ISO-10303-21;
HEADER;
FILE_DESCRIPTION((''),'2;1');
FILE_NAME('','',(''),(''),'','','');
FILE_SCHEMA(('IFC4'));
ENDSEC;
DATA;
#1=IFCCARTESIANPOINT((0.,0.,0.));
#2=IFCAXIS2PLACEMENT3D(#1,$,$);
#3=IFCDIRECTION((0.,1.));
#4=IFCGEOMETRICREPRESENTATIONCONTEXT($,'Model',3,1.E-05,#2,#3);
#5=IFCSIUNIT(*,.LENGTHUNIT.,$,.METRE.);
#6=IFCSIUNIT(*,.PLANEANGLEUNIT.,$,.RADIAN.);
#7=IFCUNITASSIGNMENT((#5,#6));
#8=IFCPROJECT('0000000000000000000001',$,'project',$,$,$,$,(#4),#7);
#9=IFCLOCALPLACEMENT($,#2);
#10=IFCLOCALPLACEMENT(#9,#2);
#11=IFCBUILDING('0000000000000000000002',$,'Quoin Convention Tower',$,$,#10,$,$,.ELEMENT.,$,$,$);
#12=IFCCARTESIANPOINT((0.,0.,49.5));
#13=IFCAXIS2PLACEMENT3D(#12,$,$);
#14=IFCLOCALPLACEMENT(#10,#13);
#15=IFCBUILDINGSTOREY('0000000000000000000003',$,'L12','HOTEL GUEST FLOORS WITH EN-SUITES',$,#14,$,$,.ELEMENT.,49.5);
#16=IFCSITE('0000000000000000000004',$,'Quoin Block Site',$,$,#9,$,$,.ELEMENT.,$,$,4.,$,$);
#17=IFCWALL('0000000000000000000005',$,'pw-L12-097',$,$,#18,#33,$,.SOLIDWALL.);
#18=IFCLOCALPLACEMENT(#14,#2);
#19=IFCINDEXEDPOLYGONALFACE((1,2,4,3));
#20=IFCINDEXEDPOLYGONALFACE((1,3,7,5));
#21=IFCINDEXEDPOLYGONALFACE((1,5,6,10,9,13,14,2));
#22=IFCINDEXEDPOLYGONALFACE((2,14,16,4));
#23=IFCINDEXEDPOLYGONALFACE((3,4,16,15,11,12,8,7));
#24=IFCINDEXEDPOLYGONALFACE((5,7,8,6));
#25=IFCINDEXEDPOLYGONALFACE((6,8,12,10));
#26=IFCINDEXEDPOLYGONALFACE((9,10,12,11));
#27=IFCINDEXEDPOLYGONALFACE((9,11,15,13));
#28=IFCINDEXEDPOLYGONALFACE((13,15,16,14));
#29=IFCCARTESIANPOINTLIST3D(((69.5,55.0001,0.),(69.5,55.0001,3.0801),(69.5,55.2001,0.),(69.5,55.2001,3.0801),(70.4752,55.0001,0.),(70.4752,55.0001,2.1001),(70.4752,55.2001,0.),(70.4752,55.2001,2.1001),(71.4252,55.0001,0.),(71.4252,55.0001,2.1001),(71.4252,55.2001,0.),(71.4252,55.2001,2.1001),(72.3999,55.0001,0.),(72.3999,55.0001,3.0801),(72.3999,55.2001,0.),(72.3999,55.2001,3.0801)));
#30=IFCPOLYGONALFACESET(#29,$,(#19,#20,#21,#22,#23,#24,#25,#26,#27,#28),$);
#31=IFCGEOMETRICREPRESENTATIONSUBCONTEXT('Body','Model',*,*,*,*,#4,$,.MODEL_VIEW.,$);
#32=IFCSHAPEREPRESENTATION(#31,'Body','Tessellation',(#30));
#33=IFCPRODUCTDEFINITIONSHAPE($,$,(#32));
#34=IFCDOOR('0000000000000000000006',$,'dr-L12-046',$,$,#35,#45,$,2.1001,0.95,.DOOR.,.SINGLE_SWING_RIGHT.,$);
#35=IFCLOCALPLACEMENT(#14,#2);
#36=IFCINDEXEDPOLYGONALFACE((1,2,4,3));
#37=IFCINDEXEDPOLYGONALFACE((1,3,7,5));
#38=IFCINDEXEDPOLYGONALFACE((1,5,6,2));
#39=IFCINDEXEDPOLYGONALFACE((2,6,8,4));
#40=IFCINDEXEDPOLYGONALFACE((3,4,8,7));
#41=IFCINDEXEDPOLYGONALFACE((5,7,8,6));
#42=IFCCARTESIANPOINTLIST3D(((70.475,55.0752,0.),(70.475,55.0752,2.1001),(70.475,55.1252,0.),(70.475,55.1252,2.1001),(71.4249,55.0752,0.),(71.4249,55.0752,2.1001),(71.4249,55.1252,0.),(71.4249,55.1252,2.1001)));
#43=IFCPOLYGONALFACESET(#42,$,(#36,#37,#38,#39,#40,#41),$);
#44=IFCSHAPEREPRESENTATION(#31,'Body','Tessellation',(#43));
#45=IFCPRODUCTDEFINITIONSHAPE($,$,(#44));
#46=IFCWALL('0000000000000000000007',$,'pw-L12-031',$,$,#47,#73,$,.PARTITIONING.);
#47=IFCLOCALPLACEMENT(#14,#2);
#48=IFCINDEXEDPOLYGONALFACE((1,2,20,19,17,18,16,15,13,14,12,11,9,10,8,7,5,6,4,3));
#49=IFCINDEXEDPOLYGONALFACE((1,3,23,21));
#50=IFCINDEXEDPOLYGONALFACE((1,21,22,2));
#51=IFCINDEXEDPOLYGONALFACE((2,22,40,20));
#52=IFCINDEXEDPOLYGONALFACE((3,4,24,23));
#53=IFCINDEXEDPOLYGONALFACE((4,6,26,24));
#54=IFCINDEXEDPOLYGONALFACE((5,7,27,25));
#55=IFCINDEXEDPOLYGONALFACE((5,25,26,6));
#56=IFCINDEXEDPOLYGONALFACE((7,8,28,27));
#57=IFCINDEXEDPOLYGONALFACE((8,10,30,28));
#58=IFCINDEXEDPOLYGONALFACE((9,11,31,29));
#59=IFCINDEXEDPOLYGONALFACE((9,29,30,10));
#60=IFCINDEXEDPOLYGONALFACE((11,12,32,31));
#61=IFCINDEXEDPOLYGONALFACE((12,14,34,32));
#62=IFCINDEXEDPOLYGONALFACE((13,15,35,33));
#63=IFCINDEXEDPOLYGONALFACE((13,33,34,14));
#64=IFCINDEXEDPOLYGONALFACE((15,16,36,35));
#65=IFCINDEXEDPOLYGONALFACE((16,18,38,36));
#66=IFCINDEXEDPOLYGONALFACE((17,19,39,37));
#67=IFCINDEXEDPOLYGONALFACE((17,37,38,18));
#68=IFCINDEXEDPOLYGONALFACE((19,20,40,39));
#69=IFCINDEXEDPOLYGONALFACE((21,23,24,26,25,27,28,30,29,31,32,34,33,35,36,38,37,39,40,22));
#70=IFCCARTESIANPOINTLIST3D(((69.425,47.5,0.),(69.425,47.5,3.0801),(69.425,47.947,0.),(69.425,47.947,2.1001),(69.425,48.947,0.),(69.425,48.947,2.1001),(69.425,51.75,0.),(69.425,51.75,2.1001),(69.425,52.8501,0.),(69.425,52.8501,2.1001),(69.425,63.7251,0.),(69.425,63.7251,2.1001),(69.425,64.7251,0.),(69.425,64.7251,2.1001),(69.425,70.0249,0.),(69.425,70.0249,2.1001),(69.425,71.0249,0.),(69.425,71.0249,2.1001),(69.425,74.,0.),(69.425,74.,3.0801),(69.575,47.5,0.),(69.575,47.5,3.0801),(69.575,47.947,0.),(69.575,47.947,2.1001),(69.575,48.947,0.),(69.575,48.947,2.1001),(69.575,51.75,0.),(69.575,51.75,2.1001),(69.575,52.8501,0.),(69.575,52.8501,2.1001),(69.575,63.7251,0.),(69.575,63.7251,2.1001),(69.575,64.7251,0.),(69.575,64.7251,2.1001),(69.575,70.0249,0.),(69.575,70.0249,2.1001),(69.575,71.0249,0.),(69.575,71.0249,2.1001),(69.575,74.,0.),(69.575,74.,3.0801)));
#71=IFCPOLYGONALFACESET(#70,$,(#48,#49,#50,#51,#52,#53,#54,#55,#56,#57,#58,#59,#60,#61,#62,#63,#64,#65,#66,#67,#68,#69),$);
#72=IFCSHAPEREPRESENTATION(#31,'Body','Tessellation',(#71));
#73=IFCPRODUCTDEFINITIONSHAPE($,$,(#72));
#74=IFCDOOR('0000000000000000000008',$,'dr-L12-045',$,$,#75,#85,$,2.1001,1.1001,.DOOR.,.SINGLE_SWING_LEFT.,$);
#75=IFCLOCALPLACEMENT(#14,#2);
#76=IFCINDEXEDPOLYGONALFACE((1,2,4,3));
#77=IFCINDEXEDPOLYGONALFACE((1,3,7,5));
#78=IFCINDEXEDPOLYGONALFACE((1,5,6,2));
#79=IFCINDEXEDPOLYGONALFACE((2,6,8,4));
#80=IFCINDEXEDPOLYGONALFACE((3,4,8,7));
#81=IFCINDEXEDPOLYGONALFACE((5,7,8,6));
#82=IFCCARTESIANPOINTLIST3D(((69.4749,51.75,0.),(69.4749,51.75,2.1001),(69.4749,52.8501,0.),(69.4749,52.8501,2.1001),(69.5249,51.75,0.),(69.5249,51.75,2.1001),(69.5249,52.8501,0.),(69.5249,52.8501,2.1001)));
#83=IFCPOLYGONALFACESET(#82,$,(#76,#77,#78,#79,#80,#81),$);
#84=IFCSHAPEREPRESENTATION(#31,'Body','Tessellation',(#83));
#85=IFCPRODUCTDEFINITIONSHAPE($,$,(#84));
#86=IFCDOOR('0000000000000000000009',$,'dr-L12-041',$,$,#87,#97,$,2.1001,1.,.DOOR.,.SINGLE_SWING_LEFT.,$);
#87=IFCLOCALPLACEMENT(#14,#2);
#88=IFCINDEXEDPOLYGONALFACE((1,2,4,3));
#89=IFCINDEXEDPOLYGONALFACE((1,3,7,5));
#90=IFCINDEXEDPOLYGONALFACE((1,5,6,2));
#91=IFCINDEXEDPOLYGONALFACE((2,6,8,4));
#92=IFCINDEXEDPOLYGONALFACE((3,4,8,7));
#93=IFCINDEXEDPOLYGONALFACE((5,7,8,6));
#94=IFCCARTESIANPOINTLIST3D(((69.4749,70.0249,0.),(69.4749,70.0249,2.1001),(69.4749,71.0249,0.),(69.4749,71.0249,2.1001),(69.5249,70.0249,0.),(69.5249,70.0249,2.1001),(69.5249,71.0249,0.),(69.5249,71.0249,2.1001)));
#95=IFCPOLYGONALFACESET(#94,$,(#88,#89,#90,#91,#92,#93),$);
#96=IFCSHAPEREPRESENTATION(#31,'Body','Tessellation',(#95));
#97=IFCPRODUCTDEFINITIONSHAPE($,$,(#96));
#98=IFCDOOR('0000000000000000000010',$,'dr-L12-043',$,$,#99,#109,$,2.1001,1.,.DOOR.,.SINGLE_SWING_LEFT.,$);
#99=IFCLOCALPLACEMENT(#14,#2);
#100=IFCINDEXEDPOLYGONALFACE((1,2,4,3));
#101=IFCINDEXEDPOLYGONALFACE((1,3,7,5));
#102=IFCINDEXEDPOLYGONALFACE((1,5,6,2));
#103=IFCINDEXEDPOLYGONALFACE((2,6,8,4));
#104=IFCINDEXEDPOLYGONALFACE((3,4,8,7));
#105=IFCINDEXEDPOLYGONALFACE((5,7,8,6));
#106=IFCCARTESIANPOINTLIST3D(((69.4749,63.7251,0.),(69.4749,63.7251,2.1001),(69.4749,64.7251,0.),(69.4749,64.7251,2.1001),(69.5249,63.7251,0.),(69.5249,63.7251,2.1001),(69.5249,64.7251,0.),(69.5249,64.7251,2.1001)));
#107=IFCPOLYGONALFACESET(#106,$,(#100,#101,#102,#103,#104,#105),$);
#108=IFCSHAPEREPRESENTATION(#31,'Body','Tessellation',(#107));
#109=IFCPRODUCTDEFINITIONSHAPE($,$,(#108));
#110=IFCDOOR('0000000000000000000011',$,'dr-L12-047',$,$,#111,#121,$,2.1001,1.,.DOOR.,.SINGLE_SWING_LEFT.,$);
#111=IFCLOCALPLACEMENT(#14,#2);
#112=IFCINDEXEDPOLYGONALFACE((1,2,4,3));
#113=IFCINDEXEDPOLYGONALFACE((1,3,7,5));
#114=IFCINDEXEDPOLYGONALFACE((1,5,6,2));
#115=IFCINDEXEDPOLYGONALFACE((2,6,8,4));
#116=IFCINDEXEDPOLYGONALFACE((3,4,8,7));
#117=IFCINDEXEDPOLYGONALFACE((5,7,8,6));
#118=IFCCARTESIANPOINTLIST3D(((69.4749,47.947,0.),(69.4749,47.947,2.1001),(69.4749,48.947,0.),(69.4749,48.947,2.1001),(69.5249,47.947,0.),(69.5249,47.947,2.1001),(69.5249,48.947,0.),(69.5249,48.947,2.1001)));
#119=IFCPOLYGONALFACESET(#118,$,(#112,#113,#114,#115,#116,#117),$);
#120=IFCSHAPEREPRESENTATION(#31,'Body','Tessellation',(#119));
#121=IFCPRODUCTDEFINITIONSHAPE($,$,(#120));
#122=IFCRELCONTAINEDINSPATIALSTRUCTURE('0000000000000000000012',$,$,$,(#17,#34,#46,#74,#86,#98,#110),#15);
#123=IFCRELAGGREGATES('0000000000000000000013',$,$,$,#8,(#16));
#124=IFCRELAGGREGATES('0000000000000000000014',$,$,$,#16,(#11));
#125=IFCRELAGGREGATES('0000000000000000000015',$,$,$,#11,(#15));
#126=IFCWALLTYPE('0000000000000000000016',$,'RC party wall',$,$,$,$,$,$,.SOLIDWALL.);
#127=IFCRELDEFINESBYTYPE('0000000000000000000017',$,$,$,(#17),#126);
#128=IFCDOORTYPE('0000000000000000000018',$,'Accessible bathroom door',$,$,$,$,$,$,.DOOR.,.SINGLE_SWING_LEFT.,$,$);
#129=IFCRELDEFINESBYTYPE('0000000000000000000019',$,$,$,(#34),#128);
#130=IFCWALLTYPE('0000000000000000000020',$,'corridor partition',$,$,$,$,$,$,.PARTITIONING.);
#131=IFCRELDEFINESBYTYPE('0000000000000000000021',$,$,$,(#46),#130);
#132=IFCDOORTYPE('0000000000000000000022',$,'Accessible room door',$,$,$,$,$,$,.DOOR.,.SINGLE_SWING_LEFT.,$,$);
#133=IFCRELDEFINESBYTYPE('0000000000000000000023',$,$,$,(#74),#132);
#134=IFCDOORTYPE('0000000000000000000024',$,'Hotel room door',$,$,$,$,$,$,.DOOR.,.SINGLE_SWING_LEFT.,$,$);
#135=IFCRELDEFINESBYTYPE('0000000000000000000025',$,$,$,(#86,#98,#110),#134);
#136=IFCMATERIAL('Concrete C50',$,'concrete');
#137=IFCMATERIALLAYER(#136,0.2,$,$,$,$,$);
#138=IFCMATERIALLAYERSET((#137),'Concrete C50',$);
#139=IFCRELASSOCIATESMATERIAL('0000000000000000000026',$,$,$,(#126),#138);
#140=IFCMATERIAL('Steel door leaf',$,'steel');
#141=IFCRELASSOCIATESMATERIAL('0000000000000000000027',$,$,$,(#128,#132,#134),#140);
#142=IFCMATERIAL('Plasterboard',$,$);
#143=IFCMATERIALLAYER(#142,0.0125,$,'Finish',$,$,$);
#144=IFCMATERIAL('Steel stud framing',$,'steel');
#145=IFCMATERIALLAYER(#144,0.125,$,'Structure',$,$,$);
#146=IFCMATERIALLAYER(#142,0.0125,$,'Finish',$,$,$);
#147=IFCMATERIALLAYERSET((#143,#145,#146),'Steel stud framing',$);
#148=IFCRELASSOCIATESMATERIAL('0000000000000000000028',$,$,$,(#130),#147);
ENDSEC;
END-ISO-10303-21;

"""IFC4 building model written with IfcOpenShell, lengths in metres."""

from ifc_helpers import new_model, si_unit, direction, frame, frame_2d, origin, place, context, subcontext, project, spatial, rectangle, extrude, material, layer, layer_set, type_object, element, fill, save


model = new_model("IFC4")

# Units and contexts
model_context = context("Model", 3, precision=1e-05, world=origin(), true_north=direction((0.0, 1.0)))
body_context = subcontext(model_context, "Body", "Model", "MODEL_VIEW")
ifc_project = project(units=[si_unit("LENGTHUNIT", "METRE"), si_unit("PLANEANGLEUNIT", "RADIAN")], contexts=[model_context])

# Site, building, storey
site_placement = place(None, origin())
site = spatial("IfcSite", under=ifc_project, at=site_placement, Name="Quoin Block Site", CompositionType="ELEMENT", RefElevation=4.0)
building_placement = place(site_placement, origin())
building = spatial("IfcBuilding", under=site, at=building_placement, Name="Quoin Convention Tower", CompositionType="ELEMENT")
storey_placement = place(building_placement, frame((0.0, 0.0, 49.5)))
storey = spatial("IfcBuildingStorey", under=building, at=storey_placement, Name="L12", Description="HOTEL GUEST FLOORS WITH EN-SUITES", CompositionType="ELEMENT", Elevation=49.5)

# Shared definitions
ifc_material_1 = material(Name="Plasterboard")
ifc_material_2 = material(Name="Steel stud framing", Category="steel")

# Shared definitions
ifc_material_3 = material(Name="Steel door leaf", Category="steel")

# Shared definitions
ifc_material_4 = material(Name="Concrete C50", Category="concrete")
ifc_layer_1 = layer(ifc_material_4, 0.2)
ifc_layer_set_1 = layer_set([ifc_layer_1], Name="Concrete C50")
wall_type_1 = type_object("IfcWallType", Name="RC party wall", PredefinedType="SOLIDWALL", material=ifc_layer_set_1)

# Wall, opening, door
wall_1_placement = place(storey_placement, frame((69.5, 55.1001, 0.0), z_axis=(0.0, 0.0, 1.0), x_axis=(1.0, 0.0, 0.0)))
wall_1 = element("IfcWall", 1, at=wall_1_placement, inside=storey, type_object=wall_type_1, Name="pw-L12-097", PredefinedType="SOLIDWALL", context=body_context, shape_type="SweptSolid", body=[
    extrude(rectangle(XDim=2.8999, YDim=0.2, at=frame_2d((1.45, 0.0))), origin(), (0.0, 0.0, 1.0), 3.0801),
])
opening_1_placement = place(wall_1_placement, frame((0.9751, 0.0, 0.0)))
opening_1 = element("IfcOpeningElement", 2, at=opening_1_placement, cuts=wall_1, PredefinedType="OPENING", context=body_context, shape_type="SweptSolid", body=[
    extrude(rectangle(XDim=0.95, YDim=2.1001, at=frame_2d((0.4751, 1.05))), frame((0.0, 0.1099, 0.0), z_axis=(0.0, -1.0, 0.0), x_axis=(1.0, 0.0, 0.0)), (0.0, 0.0, 1.0), 0.22),
])
door_type_1 = type_object("IfcDoorType", Name="Accessible bathroom door", OperationType="SINGLE_SWING_LEFT", PredefinedType="DOOR", material=ifc_material_3)
door_1_placement = place(opening_1_placement, frame((0.95, 0.0, 0.0), z_axis=(0.0, 0.0, 1.0), x_axis=(-1.0, 0.0, 0.0)))
door_1 = element("IfcDoor", 3, at=door_1_placement, inside=storey, type_object=door_type_1, Name="dr-L12-046", OperationType="SINGLE_SWING_RIGHT", OverallHeight=2.1001, OverallWidth=0.95, PredefinedType="DOOR", context=body_context, shape_type="SweptSolid", body=[
    extrude(rectangle(XDim=0.95, YDim=2.1001, at=frame_2d((0.4751, 1.05))), frame((0.0, 0.0249, 0.0), z_axis=(0.0, -1.0, 0.0), x_axis=(1.0, 0.0, 0.0)), (0.0, 0.0, 1.0), 0.05),
])
fill(opening_1, door_1)

# Wall, openings, doors
ifc_layer_2 = layer(ifc_material_1, 0.0125, Name="Finish")
ifc_layer_3 = layer(ifc_material_2, 0.125, Name="Structure")
ifc_layer_4 = layer(ifc_material_1, 0.0125, Name="Finish")
ifc_layer_set_2 = layer_set([ifc_layer_2, ifc_layer_3, ifc_layer_4], Name="Steel stud framing")
wall_type_2 = type_object("IfcWallType", Name="corridor partition", PredefinedType="PARTITIONING", material=ifc_layer_set_2)
wall_2_placement = place(storey_placement, frame((69.5, 47.5, 0.0), z_axis=(0.0, 0.0, 1.0), x_axis=(0.0, 1.0, 0.0)))
wall_2 = element("IfcWall", 4, at=wall_2_placement, inside=storey, type_object=wall_type_2, Name="pw-L12-031", PredefinedType="PARTITIONING", context=body_context, shape_type="SweptSolid", body=[
    extrude(rectangle(XDim=26.5, YDim=0.1499, at=frame_2d((13.25, 0.0))), origin(), (0.0, 0.0, 1.0), 3.0801),
])
opening_2_placement = place(wall_2_placement, frame((22.5249, 0.0, 0.0)))
opening_2 = element("IfcOpeningElement", 5, at=opening_2_placement, cuts=wall_2, PredefinedType="OPENING", context=body_context, shape_type="SweptSolid", body=[
    extrude(rectangle(XDim=1.0, YDim=2.1001, at=frame_2d((0.5, 1.05))), frame((0.0, 0.085, 0.0), z_axis=(0.0, -1.0, 0.0), x_axis=(1.0, 0.0, 0.0)), (0.0, 0.0, 1.0), 0.1699),
])
opening_3_placement = place(wall_2_placement, frame((16.2251, 0.0, 0.0)))
opening_3 = element("IfcOpeningElement", 6, at=opening_3_placement, cuts=wall_2, PredefinedType="OPENING", context=body_context, shape_type="SweptSolid", body=[
    extrude(rectangle(XDim=1.0, YDim=2.1001, at=frame_2d((0.5, 1.05))), frame((0.0, 0.085, 0.0), z_axis=(0.0, -1.0, 0.0), x_axis=(1.0, 0.0, 0.0)), (0.0, 0.0, 1.0), 0.1699),
])
opening_4_placement = place(wall_2_placement, frame((4.25, 0.0, 0.0)))
opening_4 = element("IfcOpeningElement", 7, at=opening_4_placement, cuts=wall_2, PredefinedType="OPENING", context=body_context, shape_type="SweptSolid", body=[
    extrude(rectangle(XDim=1.1001, YDim=2.1001, at=frame_2d((0.55, 1.05))), frame((0.0, 0.085, 0.0), z_axis=(0.0, -1.0, 0.0), x_axis=(1.0, 0.0, 0.0)), (0.0, 0.0, 1.0), 0.1699),
])
opening_5_placement = place(wall_2_placement, frame((0.447, 0.0, 0.0)))
opening_5 = element("IfcOpeningElement", 8, at=opening_5_placement, cuts=wall_2, PredefinedType="OPENING", context=body_context, shape_type="SweptSolid", body=[
    extrude(rectangle(XDim=1.0, YDim=2.1001, at=frame_2d((0.5, 1.05))), frame((0.0, 0.085, 0.0), z_axis=(0.0, -1.0, 0.0), x_axis=(1.0, 0.0, 0.0)), (0.0, 0.0, 1.0), 0.1699),
])
door_type_2 = type_object("IfcDoorType", Name="Accessible room door", OperationType="SINGLE_SWING_LEFT", PredefinedType="DOOR", material=ifc_material_3)
door_2_placement = place(opening_4_placement, frame((1.1001, 0.0, 0.0), z_axis=(0.0, 0.0, 1.0), x_axis=(-1.0, 0.0, 0.0)))
door_2 = element("IfcDoor", 9, at=door_2_placement, inside=storey, type_object=door_type_2, Name="dr-L12-045", OperationType="SINGLE_SWING_LEFT", OverallHeight=2.1001, OverallWidth=1.1001, PredefinedType="DOOR", context=body_context, shape_type="SweptSolid", body=[
    extrude(rectangle(XDim=1.1001, YDim=2.1001, at=frame_2d((0.55, 1.05))), frame((0.0, 0.0249, 0.0), z_axis=(0.0, -1.0, 0.0), x_axis=(1.0, 0.0, 0.0)), (0.0, 0.0, 1.0), 0.05),
])
fill(opening_4, door_2)
door_type_3 = type_object("IfcDoorType", Name="Hotel room door", OperationType="SINGLE_SWING_LEFT", PredefinedType="DOOR", material=ifc_material_3)
door_3_placement = place(opening_2_placement, frame((1.0, 0.0, 0.0), z_axis=(0.0, 0.0, 1.0), x_axis=(-1.0, 0.0, 0.0)))
door_3 = element("IfcDoor", 10, at=door_3_placement, inside=storey, type_object=door_type_3, Name="dr-L12-041", OperationType="SINGLE_SWING_LEFT", OverallHeight=2.1001, OverallWidth=1.0, PredefinedType="DOOR", context=body_context, shape_type="SweptSolid", body=[
    extrude(rectangle(XDim=1.0, YDim=2.1001, at=frame_2d((0.5, 1.05))), frame((0.0, 0.0249, 0.0), z_axis=(0.0, -1.0, 0.0), x_axis=(1.0, 0.0, 0.0)), (0.0, 0.0, 1.0), 0.05),
])
fill(opening_2, door_3)
door_4_placement = place(opening_3_placement, frame((1.0, 0.0, 0.0), z_axis=(0.0, 0.0, 1.0), x_axis=(-1.0, 0.0, 0.0)))
door_4 = element("IfcDoor", 11, at=door_4_placement, inside=storey, type_object=door_type_3, Name="dr-L12-043", OperationType="SINGLE_SWING_LEFT", OverallHeight=2.1001, OverallWidth=1.0, PredefinedType="DOOR", context=body_context, shape_type="SweptSolid", body=[
    extrude(rectangle(XDim=1.0, YDim=2.1001, at=frame_2d((0.5, 1.05))), frame((0.0, 0.0249, 0.0), z_axis=(0.0, -1.0, 0.0), x_axis=(1.0, 0.0, 0.0)), (0.0, 0.0, 1.0), 0.05),
])
fill(opening_3, door_4)
door_5_placement = place(opening_5_placement, frame((1.0, 0.0, 0.0), z_axis=(0.0, 0.0, 1.0), x_axis=(-1.0, 0.0, 0.0)))
door_5 = element("IfcDoor", 12, at=door_5_placement, inside=storey, type_object=door_type_3, Name="dr-L12-047", OperationType="SINGLE_SWING_LEFT", OverallHeight=2.1001, OverallWidth=1.0, PredefinedType="DOOR", context=body_context, shape_type="SweptSolid", body=[
    extrude(rectangle(XDim=1.0, YDim=2.1001, at=frame_2d((0.5, 1.05))), frame((0.0, 0.0249, 0.0), z_axis=(0.0, -1.0, 0.0), x_axis=(1.0, 0.0, 0.0)), (0.0, 0.0, 1.0), 0.05),
])
fill(opening_5, door_5)

save(model, "model.ifc")
